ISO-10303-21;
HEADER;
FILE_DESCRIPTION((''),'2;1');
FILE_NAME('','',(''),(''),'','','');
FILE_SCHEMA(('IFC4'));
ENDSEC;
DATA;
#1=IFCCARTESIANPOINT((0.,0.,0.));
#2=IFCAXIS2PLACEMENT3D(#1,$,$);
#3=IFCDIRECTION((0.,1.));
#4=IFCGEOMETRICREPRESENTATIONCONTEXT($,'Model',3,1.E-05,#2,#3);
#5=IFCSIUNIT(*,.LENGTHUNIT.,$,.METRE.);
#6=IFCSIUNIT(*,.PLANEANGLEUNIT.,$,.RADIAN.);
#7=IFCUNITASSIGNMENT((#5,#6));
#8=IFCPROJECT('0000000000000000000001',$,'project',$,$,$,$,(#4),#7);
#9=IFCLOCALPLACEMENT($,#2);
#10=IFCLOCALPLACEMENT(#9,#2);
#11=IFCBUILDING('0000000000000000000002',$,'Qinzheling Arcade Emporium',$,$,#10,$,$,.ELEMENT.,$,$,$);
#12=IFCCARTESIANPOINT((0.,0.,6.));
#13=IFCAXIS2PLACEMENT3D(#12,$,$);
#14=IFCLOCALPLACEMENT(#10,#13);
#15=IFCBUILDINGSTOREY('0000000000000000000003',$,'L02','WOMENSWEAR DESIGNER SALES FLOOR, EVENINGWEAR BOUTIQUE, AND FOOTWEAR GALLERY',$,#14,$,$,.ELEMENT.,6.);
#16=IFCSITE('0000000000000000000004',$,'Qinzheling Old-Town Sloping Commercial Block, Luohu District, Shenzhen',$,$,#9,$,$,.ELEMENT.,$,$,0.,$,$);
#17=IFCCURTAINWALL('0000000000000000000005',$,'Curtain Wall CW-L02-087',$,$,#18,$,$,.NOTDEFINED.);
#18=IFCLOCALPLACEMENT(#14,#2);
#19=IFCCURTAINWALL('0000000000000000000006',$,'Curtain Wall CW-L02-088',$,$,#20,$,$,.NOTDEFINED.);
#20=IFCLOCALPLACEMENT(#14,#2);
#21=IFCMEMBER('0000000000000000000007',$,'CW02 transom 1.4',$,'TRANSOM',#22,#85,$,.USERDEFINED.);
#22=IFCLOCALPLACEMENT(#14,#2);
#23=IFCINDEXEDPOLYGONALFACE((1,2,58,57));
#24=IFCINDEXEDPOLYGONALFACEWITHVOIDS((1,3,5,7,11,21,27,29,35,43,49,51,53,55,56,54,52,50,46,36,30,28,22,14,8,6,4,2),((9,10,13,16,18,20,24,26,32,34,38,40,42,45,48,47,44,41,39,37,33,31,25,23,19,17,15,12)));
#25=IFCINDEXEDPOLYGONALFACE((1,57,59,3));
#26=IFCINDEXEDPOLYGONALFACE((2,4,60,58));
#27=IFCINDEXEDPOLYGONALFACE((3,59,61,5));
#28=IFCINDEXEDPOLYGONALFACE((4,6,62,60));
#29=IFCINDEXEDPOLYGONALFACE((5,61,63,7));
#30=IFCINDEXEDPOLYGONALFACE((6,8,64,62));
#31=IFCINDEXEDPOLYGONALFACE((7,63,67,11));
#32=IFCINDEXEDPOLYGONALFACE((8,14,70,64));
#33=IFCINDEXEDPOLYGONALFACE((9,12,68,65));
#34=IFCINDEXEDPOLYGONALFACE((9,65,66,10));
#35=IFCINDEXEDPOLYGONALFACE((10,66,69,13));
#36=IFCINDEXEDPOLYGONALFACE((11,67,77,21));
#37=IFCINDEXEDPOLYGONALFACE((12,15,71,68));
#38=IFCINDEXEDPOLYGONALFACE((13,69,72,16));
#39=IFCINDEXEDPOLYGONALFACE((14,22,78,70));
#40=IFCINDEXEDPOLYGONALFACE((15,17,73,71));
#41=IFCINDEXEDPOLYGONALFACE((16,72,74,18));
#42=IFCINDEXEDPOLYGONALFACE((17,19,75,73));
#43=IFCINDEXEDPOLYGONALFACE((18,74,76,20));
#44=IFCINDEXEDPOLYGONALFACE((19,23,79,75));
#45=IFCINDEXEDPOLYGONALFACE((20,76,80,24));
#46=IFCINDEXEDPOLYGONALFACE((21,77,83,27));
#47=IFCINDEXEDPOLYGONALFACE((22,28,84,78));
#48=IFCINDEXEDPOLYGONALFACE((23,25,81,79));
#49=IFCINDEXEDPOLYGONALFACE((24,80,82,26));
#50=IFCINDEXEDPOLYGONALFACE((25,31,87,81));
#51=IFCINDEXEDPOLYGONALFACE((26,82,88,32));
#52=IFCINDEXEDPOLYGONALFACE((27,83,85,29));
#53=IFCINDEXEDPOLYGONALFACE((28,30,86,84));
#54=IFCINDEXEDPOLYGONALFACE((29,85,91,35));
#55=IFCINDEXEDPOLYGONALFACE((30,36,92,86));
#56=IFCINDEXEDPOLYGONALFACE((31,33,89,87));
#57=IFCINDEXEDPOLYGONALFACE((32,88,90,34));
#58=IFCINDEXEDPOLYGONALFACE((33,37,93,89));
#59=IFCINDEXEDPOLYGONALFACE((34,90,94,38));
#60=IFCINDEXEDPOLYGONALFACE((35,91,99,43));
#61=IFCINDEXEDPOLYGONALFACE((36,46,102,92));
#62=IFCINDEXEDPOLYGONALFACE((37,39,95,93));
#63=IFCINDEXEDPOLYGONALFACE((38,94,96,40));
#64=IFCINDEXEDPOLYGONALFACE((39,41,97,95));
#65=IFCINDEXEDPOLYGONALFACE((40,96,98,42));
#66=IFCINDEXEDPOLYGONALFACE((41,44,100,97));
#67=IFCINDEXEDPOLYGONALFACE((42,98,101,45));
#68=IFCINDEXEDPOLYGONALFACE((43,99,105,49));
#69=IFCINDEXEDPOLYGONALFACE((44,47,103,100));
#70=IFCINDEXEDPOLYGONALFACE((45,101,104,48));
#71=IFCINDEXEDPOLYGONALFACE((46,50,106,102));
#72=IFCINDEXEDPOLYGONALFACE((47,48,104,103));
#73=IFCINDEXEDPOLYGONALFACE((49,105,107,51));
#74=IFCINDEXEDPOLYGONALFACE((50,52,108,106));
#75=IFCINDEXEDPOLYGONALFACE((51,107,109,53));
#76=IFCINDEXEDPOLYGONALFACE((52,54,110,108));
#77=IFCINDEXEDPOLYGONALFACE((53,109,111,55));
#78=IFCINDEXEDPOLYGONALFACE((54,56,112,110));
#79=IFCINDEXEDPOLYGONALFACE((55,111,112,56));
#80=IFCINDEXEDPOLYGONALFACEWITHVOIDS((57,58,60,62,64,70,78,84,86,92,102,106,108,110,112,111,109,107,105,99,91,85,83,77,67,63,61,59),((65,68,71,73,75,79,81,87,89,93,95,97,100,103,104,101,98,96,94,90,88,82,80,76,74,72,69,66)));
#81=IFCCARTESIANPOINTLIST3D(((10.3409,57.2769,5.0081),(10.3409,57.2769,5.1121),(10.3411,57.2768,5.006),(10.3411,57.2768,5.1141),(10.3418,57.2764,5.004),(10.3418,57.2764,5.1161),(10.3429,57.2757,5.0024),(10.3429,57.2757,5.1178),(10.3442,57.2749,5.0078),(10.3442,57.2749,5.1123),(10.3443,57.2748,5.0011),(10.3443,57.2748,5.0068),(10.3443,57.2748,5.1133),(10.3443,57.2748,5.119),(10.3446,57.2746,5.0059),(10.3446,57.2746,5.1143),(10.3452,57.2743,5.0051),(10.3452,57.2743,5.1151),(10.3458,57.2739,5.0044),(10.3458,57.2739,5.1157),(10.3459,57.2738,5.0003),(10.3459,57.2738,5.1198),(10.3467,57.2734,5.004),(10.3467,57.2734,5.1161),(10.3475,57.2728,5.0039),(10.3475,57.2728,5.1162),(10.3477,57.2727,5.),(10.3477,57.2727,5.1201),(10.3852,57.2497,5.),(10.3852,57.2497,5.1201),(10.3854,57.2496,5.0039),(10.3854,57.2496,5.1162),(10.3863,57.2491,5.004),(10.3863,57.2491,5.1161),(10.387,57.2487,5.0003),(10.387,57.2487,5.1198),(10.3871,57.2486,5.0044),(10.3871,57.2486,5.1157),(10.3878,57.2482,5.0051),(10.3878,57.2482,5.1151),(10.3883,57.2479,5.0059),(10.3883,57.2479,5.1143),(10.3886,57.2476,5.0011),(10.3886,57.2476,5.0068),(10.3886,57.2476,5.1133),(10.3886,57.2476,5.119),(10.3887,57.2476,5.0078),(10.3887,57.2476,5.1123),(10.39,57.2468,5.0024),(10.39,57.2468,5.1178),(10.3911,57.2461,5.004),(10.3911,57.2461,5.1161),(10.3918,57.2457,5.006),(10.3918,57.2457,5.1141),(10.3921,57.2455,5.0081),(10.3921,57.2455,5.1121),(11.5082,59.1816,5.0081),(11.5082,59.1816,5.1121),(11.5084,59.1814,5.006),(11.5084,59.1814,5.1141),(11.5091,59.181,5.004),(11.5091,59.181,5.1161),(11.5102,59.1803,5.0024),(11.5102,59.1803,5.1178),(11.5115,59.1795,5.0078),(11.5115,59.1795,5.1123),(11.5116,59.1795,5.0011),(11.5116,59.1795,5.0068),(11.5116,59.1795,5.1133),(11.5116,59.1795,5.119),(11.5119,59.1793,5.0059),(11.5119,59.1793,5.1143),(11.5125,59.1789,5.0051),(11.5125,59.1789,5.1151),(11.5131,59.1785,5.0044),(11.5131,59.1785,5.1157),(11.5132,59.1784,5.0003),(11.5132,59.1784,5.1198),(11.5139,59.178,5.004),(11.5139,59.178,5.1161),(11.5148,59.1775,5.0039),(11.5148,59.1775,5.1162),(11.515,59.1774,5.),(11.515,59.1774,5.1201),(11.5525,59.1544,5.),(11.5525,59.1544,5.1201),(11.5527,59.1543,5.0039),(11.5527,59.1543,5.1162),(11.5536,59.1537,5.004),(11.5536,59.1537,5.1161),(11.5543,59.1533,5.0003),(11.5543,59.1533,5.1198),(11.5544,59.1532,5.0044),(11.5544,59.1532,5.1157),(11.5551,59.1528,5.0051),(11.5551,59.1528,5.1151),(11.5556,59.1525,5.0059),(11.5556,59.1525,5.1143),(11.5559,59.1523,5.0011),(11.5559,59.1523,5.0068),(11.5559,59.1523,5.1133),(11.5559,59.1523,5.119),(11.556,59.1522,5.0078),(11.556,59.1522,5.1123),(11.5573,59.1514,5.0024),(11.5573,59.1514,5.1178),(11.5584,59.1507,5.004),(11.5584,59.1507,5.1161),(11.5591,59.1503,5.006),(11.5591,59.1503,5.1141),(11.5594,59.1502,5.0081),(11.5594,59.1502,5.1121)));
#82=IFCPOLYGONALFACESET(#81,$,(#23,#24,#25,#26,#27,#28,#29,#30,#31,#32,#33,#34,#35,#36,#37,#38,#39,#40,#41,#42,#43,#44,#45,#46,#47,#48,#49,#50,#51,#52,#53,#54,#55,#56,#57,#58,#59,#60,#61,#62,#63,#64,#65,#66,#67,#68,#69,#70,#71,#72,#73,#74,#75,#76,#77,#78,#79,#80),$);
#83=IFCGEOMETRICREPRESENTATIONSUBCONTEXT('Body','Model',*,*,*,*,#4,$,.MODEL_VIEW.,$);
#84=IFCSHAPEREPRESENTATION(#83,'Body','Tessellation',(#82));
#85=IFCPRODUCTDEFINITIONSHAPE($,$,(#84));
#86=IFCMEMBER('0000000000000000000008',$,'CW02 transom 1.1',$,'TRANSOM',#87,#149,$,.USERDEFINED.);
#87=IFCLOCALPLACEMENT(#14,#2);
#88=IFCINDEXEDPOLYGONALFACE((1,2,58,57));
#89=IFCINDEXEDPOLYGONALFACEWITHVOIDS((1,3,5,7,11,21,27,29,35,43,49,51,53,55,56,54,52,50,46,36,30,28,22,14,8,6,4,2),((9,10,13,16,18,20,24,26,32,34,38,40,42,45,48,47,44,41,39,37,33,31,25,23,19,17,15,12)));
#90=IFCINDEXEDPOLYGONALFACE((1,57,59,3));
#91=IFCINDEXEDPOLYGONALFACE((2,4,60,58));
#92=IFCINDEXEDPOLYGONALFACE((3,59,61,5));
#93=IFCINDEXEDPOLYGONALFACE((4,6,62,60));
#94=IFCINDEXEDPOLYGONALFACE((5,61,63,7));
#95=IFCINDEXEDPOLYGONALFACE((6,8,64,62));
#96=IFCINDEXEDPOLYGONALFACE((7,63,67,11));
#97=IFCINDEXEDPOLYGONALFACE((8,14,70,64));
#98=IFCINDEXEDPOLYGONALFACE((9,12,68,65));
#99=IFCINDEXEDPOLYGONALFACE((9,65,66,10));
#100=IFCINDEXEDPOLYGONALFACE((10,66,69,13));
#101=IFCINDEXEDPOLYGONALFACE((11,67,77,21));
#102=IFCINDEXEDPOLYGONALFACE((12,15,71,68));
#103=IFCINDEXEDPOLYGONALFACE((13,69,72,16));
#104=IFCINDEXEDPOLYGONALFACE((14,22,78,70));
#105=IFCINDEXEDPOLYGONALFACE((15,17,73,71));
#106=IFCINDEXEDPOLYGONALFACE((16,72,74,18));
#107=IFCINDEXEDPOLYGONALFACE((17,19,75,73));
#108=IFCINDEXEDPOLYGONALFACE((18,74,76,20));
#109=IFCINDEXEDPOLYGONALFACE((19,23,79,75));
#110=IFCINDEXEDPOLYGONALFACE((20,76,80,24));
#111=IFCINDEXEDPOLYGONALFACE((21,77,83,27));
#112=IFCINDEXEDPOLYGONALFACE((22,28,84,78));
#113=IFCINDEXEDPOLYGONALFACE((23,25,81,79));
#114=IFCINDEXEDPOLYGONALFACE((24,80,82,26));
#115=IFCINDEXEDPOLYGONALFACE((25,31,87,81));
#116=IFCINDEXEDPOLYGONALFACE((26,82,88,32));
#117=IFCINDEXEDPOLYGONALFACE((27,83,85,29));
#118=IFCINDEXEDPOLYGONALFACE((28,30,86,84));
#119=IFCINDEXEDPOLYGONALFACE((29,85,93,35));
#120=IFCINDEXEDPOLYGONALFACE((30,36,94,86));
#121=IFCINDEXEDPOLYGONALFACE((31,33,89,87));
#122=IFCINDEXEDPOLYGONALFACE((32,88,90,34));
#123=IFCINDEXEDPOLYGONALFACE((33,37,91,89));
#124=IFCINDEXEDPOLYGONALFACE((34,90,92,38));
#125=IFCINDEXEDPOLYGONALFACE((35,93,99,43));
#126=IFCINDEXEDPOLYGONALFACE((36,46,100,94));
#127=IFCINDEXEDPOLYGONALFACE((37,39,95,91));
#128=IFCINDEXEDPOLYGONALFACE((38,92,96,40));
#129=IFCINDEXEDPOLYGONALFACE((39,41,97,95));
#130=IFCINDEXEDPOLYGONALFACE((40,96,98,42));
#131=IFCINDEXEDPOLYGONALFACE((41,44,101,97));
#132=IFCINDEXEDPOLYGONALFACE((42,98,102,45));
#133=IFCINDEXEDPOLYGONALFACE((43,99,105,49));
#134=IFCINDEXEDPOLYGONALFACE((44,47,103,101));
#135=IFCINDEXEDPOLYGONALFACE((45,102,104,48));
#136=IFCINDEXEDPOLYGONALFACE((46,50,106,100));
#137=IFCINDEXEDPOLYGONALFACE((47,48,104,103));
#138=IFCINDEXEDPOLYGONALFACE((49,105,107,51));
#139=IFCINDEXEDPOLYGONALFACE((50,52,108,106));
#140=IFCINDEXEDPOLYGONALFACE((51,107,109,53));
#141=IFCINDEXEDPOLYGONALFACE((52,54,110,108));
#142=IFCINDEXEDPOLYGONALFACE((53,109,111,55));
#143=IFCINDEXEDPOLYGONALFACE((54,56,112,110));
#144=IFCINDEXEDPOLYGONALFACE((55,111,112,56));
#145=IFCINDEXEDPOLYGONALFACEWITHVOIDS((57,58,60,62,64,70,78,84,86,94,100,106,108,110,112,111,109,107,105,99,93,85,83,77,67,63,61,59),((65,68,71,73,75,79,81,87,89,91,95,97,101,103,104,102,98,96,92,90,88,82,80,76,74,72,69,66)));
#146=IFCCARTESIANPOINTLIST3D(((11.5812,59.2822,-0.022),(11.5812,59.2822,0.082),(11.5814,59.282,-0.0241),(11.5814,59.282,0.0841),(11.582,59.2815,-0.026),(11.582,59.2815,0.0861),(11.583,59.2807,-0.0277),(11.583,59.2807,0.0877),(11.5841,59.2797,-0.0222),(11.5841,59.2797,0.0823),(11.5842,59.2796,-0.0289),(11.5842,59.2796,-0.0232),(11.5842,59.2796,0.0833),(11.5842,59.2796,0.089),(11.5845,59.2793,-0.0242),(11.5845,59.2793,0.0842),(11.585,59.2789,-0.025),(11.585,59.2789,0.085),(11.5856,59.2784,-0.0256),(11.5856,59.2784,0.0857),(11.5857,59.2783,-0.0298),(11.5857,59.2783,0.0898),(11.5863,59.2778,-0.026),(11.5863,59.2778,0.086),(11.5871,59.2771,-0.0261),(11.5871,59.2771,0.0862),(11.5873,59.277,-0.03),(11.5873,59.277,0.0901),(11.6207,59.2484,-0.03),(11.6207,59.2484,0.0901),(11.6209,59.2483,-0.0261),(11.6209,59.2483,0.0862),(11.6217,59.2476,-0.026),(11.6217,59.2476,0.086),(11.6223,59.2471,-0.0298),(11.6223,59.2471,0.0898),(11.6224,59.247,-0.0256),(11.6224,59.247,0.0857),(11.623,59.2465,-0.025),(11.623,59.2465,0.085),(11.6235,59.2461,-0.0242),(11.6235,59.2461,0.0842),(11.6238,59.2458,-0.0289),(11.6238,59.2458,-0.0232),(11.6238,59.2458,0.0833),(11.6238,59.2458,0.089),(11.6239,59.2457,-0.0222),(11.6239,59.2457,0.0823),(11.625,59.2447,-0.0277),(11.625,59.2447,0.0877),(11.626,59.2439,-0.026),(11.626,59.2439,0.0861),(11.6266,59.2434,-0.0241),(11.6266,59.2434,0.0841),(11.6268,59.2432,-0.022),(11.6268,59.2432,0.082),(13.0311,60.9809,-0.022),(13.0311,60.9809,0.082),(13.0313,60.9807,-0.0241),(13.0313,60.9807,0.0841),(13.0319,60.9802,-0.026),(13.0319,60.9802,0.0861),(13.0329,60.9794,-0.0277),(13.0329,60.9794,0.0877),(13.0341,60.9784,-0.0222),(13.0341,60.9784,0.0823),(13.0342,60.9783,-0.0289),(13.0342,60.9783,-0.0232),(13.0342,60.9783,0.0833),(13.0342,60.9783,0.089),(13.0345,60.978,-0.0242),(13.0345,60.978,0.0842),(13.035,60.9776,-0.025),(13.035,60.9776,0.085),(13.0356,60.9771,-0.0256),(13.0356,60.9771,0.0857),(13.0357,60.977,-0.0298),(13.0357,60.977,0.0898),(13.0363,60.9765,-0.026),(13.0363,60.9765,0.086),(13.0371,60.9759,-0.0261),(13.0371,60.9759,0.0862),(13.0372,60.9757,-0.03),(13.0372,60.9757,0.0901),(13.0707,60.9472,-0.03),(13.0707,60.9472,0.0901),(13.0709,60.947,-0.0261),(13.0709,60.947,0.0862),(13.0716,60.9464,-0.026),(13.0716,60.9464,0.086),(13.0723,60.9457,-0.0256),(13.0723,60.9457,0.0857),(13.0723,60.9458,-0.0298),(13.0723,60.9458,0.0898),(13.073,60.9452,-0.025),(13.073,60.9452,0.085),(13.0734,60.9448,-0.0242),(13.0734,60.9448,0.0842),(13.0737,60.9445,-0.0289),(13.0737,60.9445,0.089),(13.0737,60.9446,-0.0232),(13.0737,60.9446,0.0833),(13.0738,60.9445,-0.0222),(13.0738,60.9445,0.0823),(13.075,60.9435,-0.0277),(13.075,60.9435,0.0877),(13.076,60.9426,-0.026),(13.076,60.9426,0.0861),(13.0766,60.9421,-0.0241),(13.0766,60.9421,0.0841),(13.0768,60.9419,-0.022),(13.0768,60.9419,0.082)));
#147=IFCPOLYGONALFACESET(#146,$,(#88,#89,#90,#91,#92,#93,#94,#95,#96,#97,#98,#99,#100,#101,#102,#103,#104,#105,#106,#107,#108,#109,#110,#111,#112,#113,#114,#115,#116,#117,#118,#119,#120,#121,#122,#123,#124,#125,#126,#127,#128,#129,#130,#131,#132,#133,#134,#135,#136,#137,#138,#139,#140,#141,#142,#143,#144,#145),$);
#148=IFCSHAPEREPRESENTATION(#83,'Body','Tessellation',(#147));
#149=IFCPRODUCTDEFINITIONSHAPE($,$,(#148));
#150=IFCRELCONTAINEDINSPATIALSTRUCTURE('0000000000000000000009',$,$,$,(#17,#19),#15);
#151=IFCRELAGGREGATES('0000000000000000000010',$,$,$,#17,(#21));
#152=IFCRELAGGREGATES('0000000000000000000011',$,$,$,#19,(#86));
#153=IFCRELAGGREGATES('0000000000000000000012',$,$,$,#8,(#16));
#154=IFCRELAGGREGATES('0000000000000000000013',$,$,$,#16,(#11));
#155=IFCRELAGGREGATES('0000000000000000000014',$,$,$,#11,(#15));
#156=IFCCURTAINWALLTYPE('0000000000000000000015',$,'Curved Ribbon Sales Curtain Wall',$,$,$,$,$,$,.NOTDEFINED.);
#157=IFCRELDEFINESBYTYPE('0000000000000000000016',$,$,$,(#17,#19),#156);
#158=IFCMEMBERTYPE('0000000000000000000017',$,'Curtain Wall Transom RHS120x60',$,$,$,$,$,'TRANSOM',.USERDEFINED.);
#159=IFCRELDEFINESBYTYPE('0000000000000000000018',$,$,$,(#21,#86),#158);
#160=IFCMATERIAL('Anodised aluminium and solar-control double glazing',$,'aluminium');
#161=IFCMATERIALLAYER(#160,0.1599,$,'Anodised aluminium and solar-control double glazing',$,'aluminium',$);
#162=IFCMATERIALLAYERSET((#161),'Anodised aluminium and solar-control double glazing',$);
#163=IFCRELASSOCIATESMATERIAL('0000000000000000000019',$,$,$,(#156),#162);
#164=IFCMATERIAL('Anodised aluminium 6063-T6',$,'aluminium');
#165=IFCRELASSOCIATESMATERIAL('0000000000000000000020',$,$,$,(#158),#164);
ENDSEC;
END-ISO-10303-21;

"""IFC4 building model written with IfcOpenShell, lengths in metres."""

from ifc_helpers import new_model, si_unit, direction, frame, origin, origin_2d, place, context, subcontext, project, spatial, hollow_rectangle, extrude, material, layer, layer_set, material_profile, profile_set, type_object, element, aggregate, save


model = new_model("IFC4")

# Units and contexts
model_context = context("Model", 3, precision=1e-05, world=origin(), true_north=direction((0.0, 1.0)))
body_context = subcontext(model_context, "Body", "Model", "MODEL_VIEW")
ifc_project = project(units=[si_unit("LENGTHUNIT", "METRE"), si_unit("PLANEANGLEUNIT", "RADIAN")], contexts=[model_context])

# Site, building, storey
site_placement = place(None, origin())
site = spatial("IfcSite", under=ifc_project, at=site_placement, Name="Qinzheling Old-Town Sloping Commercial Block, Luohu District, Shenzhen", CompositionType="ELEMENT", RefElevation=0.0)
building_placement = place(site_placement, origin())
building = spatial("IfcBuilding", under=site, at=building_placement, Name="Qinzheling Arcade Emporium", CompositionType="ELEMENT")
storey_placement = place(building_placement, frame((0.0, 0.0, 6.0)))
storey = spatial("IfcBuildingStorey", under=building, at=storey_placement, Name="L02", Description="WOMENSWEAR DESIGNER SALES FLOOR, EVENINGWEAR BOUTIQUE, AND FOOTWEAR GALLERY", CompositionType="ELEMENT", Elevation=6.0)

# Curtain wall
ifc_material_1 = material(Name="Anodised aluminium and solar-control double glazing", Category="aluminium")
ifc_layer_1 = layer(ifc_material_1, 0.1599, Name="Anodised aluminium and solar-control double glazing", Category="aluminium")
ifc_layer_set_1 = layer_set([ifc_layer_1], Name="Anodised aluminium and solar-control double glazing")
curtain_wall_type = type_object("IfcCurtainWallType", Name="Curved Ribbon Sales Curtain Wall", PredefinedType="NOTDEFINED", material=ifc_layer_set_1)
curtain_wall_1_placement = place(storey_placement, origin())
curtain_wall_1 = element("IfcCurtainWall", 1, at=curtain_wall_1_placement, inside=storey, type_object=curtain_wall_type, Name="Curtain Wall CW-L02-087", PredefinedType="NOTDEFINED")
ifc_material_2 = material(Name="Anodised aluminium 6063-T6", Category="aluminium")

# Curtain wall
curtain_wall_2_placement = place(storey_placement, origin())
curtain_wall_2 = element("IfcCurtainWall", 2, at=curtain_wall_2_placement, inside=storey, type_object=curtain_wall_type, Name="Curtain Wall CW-L02-088", PredefinedType="NOTDEFINED")

# Members
ifc_material_profile_1 = material_profile(ifc_material_2, hollow_rectangle(XDim=0.0601, YDim=0.1201, WallThickness=0.0039, InnerFilletRadius=0.0039, OuterFilletRadius=0.0081, at=origin_2d()), Name="RHS 120x60x4", Category="aluminium")
ifc_profile_set_1 = profile_set([ifc_material_profile_1], Name="Anodised aluminium 6063-T6")
member_type_1 = type_object("IfcMemberType", Name="Curtain Wall Transom RHS120x60", ElementType="TRANSOM", PredefinedType="USERDEFINED", material=ifc_profile_set_1)
member_1_placement = place(storey_placement, frame((10.3665, 57.2612, 5.0601), z_axis=(0.522542, 0.852614, 0.0), x_axis=(-0.852614, 0.522542, 0.0)))
member_1 = element("IfcMember", 3, at=member_1_placement, type_object=member_type_1, Name="CW02 transom 1.4", ObjectType="TRANSOM", PredefinedType="USERDEFINED", context=body_context, shape_type="SweptSolid", body=[
    extrude(hollow_rectangle(XDim=0.0601, YDim=0.1201, WallThickness=0.0039, InnerFilletRadius=0.0039, OuterFilletRadius=0.0081, at=origin_2d()), origin(), (0.0, 0.0, 1.0), 2.2339),
])
member_2_placement = place(storey_placement, frame((11.604, 59.2627, 0.03), z_axis=(0.649215, 0.760605, 0.0), x_axis=(-0.760605, 0.649215, 0.0)))
member_2 = element("IfcMember", 4, at=member_2_placement, type_object=member_type_1, Name="CW02 transom 1.1", ObjectType="TRANSOM", PredefinedType="USERDEFINED", context=body_context, shape_type="SweptSolid", body=[
    extrude(hollow_rectangle(XDim=0.0601, YDim=0.1201, WallThickness=0.0039, InnerFilletRadius=0.0039, OuterFilletRadius=0.0081, at=origin_2d()), origin(), (0.0, 0.0, 1.0), 2.2334),
])

aggregate(curtain_wall_1, [member_1])
aggregate(curtain_wall_2, [member_2])

save(model, "model.ifc")
